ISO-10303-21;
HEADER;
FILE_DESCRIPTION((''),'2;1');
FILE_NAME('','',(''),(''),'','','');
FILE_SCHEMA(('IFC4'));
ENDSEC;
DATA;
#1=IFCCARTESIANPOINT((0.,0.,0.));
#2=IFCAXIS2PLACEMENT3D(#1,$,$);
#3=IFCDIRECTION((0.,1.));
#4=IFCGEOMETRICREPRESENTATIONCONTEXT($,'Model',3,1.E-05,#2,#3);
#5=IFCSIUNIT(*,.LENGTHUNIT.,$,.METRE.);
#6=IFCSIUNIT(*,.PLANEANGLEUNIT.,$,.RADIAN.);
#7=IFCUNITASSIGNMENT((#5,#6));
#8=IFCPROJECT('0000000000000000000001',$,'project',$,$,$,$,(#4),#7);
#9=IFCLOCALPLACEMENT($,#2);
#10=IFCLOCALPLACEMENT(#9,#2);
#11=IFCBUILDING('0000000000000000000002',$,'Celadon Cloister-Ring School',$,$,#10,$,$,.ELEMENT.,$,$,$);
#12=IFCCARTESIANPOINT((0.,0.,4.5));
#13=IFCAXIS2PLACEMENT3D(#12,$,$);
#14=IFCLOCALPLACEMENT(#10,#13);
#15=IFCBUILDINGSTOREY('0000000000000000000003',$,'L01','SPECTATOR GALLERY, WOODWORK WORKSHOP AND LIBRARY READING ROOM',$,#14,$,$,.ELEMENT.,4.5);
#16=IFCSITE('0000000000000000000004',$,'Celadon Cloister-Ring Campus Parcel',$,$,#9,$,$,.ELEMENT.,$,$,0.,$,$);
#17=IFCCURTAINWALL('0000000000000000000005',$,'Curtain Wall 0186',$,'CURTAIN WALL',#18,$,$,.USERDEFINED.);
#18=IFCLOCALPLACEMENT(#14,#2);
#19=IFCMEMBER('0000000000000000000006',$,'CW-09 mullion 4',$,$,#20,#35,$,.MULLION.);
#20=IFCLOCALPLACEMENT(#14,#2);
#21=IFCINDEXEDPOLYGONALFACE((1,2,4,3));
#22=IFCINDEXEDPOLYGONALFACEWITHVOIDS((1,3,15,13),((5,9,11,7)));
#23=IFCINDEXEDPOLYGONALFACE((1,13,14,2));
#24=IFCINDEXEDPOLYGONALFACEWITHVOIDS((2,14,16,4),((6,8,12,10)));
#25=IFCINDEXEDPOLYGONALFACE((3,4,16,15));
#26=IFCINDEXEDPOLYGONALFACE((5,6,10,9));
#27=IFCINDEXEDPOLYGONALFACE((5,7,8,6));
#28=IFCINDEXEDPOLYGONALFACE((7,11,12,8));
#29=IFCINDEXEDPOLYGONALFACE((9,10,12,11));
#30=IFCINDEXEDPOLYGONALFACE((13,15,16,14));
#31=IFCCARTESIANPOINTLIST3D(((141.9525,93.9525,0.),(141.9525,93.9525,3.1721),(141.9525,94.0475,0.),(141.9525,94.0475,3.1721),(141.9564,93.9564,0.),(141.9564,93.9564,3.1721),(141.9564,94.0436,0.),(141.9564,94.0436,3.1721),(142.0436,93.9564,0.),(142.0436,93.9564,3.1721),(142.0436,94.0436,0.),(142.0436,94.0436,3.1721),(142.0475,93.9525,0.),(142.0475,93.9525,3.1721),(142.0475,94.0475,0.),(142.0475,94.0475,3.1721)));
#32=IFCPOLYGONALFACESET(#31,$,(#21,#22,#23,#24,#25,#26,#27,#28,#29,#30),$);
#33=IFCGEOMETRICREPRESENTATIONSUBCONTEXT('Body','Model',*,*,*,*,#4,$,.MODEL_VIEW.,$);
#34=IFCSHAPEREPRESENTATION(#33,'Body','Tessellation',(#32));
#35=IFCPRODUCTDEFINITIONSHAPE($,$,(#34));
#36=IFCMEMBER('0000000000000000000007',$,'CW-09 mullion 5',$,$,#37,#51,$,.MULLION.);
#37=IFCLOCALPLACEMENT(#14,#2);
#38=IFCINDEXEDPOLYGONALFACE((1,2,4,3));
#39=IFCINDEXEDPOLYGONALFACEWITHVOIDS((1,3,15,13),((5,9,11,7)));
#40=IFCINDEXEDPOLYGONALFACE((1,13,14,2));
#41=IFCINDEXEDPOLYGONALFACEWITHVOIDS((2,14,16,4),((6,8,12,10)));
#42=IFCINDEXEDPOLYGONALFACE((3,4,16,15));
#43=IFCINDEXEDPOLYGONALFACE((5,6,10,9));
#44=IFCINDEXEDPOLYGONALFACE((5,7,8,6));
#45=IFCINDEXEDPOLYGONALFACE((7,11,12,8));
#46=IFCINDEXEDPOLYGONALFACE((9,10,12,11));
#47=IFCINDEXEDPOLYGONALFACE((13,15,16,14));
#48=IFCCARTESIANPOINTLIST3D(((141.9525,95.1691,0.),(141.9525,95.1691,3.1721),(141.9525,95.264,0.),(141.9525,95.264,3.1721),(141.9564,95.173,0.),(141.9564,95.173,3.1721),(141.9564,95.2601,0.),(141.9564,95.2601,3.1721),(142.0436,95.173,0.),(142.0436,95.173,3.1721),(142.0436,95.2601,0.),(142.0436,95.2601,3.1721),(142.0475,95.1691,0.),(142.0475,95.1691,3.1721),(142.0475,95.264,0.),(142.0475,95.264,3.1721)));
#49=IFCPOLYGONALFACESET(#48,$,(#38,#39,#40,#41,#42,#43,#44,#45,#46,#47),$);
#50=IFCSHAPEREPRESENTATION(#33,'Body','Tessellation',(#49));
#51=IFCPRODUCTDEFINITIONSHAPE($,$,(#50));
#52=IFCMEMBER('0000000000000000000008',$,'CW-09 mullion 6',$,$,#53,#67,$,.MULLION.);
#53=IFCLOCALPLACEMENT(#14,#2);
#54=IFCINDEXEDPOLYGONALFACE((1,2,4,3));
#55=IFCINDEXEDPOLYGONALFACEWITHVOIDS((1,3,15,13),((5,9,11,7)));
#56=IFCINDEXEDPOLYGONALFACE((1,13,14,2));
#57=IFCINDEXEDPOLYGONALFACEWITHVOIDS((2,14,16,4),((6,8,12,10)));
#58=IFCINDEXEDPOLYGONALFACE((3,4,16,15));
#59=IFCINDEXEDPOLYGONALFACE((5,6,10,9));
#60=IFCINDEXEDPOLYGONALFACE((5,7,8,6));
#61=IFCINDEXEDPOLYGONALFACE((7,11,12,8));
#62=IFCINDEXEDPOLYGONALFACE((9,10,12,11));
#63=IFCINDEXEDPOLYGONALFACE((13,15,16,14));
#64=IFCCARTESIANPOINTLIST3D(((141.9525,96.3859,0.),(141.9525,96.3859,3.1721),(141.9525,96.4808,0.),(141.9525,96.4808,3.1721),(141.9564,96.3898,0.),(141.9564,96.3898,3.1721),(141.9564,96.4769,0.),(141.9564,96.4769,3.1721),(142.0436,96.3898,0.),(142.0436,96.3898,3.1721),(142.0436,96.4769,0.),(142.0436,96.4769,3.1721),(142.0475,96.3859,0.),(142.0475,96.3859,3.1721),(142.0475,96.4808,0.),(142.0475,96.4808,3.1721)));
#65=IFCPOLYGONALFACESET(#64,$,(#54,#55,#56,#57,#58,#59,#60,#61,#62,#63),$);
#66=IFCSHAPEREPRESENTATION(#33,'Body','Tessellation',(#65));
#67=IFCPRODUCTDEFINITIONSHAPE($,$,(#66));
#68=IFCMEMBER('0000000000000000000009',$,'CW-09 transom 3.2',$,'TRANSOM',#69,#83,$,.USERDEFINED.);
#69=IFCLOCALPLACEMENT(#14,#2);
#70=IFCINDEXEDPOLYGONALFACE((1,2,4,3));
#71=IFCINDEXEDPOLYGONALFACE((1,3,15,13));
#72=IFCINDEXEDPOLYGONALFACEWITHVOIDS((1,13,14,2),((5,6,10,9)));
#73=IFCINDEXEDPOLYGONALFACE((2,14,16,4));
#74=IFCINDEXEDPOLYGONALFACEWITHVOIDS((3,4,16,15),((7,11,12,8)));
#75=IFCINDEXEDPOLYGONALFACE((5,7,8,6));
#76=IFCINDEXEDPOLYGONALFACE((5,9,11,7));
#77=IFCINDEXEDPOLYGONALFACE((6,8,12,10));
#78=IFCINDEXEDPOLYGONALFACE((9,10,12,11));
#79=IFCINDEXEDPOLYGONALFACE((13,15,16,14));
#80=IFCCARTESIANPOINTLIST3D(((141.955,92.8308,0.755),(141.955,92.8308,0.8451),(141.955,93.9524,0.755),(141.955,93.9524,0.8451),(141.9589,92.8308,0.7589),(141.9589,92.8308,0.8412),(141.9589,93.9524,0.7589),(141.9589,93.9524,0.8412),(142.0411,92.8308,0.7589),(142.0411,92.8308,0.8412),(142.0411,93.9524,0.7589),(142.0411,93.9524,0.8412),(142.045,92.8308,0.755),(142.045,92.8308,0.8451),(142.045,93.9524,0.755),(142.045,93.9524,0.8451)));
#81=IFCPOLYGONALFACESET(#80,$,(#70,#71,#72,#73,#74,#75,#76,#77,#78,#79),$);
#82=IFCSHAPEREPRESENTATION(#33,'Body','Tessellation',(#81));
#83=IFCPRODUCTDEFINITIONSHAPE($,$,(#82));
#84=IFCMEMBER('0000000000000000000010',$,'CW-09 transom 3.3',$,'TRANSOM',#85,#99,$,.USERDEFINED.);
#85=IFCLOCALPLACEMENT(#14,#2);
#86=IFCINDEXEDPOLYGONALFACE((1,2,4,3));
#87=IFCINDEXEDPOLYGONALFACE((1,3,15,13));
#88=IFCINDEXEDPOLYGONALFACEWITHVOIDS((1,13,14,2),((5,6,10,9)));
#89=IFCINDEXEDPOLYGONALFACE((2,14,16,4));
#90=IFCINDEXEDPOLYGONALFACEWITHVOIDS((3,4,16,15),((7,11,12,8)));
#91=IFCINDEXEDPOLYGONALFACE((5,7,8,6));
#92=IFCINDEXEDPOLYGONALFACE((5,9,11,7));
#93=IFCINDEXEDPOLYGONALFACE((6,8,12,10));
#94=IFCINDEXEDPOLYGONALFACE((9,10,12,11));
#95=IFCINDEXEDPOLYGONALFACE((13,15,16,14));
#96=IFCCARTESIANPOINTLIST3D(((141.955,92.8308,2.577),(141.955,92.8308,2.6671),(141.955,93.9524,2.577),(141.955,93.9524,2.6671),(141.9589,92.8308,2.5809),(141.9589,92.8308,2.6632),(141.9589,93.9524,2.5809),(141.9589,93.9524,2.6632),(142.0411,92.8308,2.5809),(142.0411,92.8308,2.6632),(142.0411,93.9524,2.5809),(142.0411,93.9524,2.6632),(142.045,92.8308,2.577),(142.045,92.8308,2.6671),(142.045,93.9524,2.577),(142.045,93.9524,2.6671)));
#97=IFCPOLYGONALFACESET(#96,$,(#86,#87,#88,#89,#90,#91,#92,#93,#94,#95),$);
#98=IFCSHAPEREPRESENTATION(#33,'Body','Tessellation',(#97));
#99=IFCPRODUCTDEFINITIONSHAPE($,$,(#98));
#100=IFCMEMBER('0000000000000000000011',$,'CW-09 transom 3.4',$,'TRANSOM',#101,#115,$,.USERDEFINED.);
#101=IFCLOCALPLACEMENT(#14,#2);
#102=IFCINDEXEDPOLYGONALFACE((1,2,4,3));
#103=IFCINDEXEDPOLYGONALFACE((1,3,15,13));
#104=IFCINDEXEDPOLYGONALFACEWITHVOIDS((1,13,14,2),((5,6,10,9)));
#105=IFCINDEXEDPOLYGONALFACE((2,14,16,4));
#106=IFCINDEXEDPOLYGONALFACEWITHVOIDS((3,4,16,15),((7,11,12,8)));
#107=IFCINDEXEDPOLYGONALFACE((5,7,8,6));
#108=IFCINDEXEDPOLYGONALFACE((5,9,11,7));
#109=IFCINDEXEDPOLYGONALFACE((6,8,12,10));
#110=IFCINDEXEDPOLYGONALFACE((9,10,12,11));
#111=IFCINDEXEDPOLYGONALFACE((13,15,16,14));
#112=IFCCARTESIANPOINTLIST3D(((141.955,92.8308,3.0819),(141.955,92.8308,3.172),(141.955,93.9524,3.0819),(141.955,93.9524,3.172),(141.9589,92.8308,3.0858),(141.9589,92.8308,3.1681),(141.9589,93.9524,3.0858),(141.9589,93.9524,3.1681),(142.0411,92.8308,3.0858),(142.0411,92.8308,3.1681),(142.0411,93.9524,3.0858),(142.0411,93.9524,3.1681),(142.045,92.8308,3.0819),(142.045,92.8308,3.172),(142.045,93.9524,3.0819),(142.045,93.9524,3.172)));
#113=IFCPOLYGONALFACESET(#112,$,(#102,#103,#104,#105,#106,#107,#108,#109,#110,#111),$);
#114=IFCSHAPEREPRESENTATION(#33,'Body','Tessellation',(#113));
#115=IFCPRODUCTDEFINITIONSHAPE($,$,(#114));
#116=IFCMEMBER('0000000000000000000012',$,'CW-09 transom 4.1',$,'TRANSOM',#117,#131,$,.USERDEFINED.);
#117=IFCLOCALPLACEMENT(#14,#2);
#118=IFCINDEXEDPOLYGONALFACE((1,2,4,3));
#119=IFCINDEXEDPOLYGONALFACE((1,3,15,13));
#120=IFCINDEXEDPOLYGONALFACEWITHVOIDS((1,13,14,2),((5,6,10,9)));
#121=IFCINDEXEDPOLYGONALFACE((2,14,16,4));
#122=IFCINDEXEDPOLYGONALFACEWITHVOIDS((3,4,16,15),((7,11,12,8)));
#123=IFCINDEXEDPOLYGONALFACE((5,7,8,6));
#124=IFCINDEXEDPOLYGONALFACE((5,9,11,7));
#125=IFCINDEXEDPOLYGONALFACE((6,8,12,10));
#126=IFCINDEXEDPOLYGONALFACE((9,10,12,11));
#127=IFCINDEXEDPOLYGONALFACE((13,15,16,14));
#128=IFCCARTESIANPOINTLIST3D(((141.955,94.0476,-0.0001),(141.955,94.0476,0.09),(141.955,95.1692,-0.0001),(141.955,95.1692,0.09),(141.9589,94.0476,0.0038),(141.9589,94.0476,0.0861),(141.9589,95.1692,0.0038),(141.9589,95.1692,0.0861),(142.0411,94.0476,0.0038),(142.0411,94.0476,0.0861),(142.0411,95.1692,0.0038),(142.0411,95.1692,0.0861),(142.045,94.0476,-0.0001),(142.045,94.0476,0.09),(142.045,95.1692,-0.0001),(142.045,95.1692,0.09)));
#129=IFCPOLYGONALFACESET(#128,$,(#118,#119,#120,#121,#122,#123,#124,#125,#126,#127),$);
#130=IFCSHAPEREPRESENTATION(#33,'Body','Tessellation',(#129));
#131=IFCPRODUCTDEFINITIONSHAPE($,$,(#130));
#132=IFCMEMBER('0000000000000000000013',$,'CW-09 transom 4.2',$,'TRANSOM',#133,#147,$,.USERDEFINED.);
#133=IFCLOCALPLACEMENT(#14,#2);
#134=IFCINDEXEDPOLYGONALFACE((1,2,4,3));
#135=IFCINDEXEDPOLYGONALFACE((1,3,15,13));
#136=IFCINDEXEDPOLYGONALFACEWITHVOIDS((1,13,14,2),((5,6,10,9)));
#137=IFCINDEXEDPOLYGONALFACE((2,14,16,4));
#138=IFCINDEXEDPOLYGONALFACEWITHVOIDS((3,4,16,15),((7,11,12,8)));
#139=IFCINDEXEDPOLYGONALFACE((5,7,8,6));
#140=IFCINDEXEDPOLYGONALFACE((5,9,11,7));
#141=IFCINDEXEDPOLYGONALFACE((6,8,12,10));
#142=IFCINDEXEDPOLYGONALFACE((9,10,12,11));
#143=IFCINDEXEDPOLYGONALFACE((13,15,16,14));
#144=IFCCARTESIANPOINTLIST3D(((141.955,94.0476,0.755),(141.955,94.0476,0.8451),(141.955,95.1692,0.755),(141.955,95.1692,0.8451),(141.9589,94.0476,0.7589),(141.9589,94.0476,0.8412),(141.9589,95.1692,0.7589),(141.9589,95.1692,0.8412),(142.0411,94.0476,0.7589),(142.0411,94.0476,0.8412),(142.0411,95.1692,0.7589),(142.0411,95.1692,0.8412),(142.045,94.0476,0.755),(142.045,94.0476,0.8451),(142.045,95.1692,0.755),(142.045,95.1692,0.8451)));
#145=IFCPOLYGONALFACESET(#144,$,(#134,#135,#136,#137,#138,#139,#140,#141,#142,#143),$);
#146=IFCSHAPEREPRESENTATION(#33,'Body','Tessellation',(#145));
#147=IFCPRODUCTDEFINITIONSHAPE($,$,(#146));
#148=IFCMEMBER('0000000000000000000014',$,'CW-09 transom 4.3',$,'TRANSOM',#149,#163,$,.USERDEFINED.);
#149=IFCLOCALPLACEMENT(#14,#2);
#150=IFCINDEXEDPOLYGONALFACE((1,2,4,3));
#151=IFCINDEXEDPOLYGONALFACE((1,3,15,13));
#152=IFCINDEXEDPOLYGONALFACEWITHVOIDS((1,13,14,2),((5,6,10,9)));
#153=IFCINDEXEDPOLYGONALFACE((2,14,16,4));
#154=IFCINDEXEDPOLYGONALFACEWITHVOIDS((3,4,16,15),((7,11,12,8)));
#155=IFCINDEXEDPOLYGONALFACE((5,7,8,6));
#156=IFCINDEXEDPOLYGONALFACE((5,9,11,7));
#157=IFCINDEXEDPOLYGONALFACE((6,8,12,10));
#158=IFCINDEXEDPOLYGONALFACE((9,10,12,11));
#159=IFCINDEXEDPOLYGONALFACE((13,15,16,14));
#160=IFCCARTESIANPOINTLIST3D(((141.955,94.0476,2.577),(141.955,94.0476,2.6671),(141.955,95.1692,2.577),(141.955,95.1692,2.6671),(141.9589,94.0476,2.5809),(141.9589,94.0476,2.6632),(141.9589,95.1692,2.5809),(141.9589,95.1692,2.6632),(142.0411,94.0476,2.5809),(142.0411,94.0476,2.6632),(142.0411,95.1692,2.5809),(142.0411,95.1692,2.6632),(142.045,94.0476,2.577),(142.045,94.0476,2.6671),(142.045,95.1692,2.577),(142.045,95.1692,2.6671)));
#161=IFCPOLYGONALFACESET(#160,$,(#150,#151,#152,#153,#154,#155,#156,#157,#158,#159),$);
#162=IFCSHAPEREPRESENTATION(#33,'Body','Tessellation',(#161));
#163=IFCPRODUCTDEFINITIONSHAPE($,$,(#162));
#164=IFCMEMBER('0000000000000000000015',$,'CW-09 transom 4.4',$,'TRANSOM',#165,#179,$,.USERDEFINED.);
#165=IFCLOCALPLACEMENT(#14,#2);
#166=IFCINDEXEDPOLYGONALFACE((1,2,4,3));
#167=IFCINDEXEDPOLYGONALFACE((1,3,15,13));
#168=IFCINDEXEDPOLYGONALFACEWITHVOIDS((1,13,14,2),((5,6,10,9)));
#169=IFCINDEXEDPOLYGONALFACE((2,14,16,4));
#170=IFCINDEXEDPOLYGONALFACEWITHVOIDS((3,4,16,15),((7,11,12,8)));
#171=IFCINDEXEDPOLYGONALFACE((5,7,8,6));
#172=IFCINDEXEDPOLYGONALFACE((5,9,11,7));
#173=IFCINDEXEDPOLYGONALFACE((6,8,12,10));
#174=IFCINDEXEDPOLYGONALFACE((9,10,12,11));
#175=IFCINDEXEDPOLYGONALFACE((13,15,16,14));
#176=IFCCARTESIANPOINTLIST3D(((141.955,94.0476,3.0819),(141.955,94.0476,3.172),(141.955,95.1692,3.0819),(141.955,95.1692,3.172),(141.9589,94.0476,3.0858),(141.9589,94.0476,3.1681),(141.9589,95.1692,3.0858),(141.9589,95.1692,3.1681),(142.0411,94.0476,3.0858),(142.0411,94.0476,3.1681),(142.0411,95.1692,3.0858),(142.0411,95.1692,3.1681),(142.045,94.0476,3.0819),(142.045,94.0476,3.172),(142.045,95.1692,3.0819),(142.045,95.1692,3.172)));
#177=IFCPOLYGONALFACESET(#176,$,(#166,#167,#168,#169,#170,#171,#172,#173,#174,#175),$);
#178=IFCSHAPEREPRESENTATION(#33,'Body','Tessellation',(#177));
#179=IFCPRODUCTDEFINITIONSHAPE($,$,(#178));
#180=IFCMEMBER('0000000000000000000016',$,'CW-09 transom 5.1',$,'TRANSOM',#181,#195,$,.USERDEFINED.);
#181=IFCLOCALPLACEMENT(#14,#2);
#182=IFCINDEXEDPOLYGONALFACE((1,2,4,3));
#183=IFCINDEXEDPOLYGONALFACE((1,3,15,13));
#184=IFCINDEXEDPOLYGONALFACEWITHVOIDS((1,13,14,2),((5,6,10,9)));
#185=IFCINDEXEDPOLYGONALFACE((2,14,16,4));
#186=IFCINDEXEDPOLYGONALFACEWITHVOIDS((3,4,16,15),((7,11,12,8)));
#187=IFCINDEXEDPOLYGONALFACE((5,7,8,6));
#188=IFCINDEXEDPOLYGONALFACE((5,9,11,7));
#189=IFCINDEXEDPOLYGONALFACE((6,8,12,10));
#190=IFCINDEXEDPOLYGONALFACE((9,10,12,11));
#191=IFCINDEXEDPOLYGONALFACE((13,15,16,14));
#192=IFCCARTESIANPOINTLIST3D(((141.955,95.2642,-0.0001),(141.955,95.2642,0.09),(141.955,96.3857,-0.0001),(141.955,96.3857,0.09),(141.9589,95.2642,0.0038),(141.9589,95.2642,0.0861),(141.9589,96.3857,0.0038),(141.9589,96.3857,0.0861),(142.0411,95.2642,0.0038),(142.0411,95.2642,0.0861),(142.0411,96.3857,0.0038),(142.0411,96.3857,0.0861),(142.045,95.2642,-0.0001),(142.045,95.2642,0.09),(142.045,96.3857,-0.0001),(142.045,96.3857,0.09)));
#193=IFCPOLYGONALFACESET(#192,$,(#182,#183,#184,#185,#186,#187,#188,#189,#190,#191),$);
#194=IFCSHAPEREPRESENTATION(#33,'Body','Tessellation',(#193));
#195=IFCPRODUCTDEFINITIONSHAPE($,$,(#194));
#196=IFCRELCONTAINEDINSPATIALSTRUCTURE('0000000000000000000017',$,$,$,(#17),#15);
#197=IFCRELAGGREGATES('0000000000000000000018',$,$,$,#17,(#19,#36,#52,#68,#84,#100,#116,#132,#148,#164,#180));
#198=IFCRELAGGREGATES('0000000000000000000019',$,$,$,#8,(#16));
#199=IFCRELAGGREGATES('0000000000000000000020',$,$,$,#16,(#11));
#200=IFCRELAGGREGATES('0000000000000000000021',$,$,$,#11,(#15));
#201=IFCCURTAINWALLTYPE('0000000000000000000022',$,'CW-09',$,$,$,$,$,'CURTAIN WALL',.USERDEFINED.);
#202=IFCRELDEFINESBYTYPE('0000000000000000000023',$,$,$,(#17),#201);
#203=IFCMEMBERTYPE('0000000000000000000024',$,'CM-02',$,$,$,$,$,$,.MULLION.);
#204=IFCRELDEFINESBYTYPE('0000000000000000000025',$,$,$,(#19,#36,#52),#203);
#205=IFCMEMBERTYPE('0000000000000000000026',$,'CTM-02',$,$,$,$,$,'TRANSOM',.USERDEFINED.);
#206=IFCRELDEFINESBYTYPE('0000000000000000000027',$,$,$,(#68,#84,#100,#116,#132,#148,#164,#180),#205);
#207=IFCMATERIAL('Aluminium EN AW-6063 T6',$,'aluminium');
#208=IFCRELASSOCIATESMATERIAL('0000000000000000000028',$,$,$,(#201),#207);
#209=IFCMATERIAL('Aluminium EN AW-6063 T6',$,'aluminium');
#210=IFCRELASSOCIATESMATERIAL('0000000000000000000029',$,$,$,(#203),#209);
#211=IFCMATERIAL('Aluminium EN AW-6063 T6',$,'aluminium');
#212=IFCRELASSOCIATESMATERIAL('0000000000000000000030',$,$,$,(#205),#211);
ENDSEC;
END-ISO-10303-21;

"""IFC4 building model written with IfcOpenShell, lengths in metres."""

from ifc_helpers import new_model, si_unit, direction, frame, origin, origin_2d, place, context, subcontext, project, spatial, hollow_rectangle, extrude, material, material_profile, profile_set, type_object, element, aggregate, save


model = new_model("IFC4")

# Units and contexts
model_context = context("Model", 3, precision=1e-05, world=origin(), true_north=direction((0.0, 1.0)))
body_context = subcontext(model_context, "Body", "Model", "MODEL_VIEW")
ifc_project = project(units=[si_unit("LENGTHUNIT", "METRE"), si_unit("PLANEANGLEUNIT", "RADIAN")], contexts=[model_context])

# Site, building, storey
site_placement = place(None, origin())
site = spatial("IfcSite", under=ifc_project, at=site_placement, Name="Celadon Cloister-Ring Campus Parcel", CompositionType="ELEMENT", RefElevation=0.0)
building_placement = place(site_placement, origin())
building = spatial("IfcBuilding", under=site, at=building_placement, Name="Celadon Cloister-Ring School", CompositionType="ELEMENT")
storey_placement = place(building_placement, frame((0.0, 0.0, 4.5)))
storey = spatial("IfcBuildingStorey", under=building, at=storey_placement, Name="L01", Description="SPECTATOR GALLERY, WOODWORK WORKSHOP AND LIBRARY READING ROOM", CompositionType="ELEMENT", Elevation=4.5)

# Curtain wall, members
ifc_material_1 = material(Name="Aluminium EN AW-6063 T6", Category="aluminium")
curtain_wall_type = type_object("IfcCurtainWallType", Name="CW-09", ElementType="CURTAIN WALL", PredefinedType="USERDEFINED", material=ifc_material_1)
curtain_wall_placement = place(storey_placement, origin())
curtain_wall = element("IfcCurtainWall", 1, at=curtain_wall_placement, inside=storey, type_object=curtain_wall_type, Name="Curtain Wall 0186", ObjectType="CURTAIN WALL", PredefinedType="USERDEFINED")
ifc_material_2 = material(Name="Aluminium EN AW-6063 T6", Category="aluminium")
ifc_material_profile_1 = material_profile(ifc_material_2, hollow_rectangle(XDim=0.095, YDim=0.095, WallThickness=0.0039, at=origin_2d()), Name="RHS95X95X4")
ifc_profile_set_1 = profile_set([ifc_material_profile_1], Name="Aluminium EN AW-6063 T6")
member_type_1 = type_object("IfcMemberType", Name="CM-02", PredefinedType="MULLION", material=ifc_profile_set_1)
member_1_placement = place(storey_placement, frame((142.0, 94.0, 0.0), z_axis=(0.0, 0.0, 1.0), x_axis=(-1.0, 0.0, 0.0)))
member_1 = element("IfcMember", 2, at=member_1_placement, type_object=member_type_1, Name="CW-09 mullion 4", PredefinedType="MULLION", context=body_context, shape_type="SweptSolid", body=[
    extrude(hollow_rectangle(XDim=0.095, YDim=0.095, WallThickness=0.0039, at=origin_2d()), origin(), (0.0, 0.0, 1.0), 3.1721),
])
member_2_placement = place(storey_placement, frame((142.0, 95.2166, 0.0), z_axis=(0.0, 0.0, 1.0), x_axis=(-1.0, 0.0, 0.0)))
member_2 = element("IfcMember", 3, at=member_2_placement, type_object=member_type_1, Name="CW-09 mullion 5", PredefinedType="MULLION", context=body_context, shape_type="SweptSolid", body=[
    extrude(hollow_rectangle(XDim=0.095, YDim=0.095, WallThickness=0.0039, at=origin_2d()), origin(), (0.0, 0.0, 1.0), 3.1721),
])
member_3_placement = place(storey_placement, frame((142.0, 96.4333, 0.0), z_axis=(0.0, 0.0, 1.0), x_axis=(-1.0, 0.0, 0.0)))
member_3 = element("IfcMember", 4, at=member_3_placement, type_object=member_type_1, Name="CW-09 mullion 6", PredefinedType="MULLION", context=body_context, shape_type="SweptSolid", body=[
    extrude(hollow_rectangle(XDim=0.095, YDim=0.095, WallThickness=0.0039, at=origin_2d()), origin(), (0.0, 0.0, 1.0), 3.1721),
])
ifc_material_3 = material(Name="Aluminium EN AW-6063 T6", Category="aluminium")
ifc_material_profile_2 = material_profile(ifc_material_3, hollow_rectangle(XDim=0.0901, YDim=0.0901, WallThickness=0.0039, at=origin_2d()), Name="RHS90X90X4")
ifc_profile_set_2 = profile_set([ifc_material_profile_2], Name="Aluminium EN AW-6063 T6")
member_type_2 = type_object("IfcMemberType", Name="CTM-02", ElementType="TRANSOM", PredefinedType="USERDEFINED", material=ifc_profile_set_2)
member_4_placement = place(storey_placement, frame((142.0, 92.8308, 0.8), z_axis=(0.0, 1.0, 0.0), x_axis=(-1.0, 0.0, 0.0)))
member_4 = element("IfcMember", 5, at=member_4_placement, type_object=member_type_2, Name="CW-09 transom 3.2", ObjectType="TRANSOM", PredefinedType="USERDEFINED", context=body_context, shape_type="SweptSolid", body=[
    extrude(hollow_rectangle(XDim=0.0901, YDim=0.0901, WallThickness=0.0039, at=origin_2d()), origin(), (0.0, 0.0, 1.0), 1.1216),
])
member_5_placement = place(storey_placement, frame((142.0, 92.8308, 2.6221), z_axis=(0.0, 1.0, 0.0), x_axis=(-1.0, 0.0, 0.0)))
member_5 = element("IfcMember", 6, at=member_5_placement, type_object=member_type_2, Name="CW-09 transom 3.3", ObjectType="TRANSOM", PredefinedType="USERDEFINED", context=body_context, shape_type="SweptSolid", body=[
    extrude(hollow_rectangle(XDim=0.0901, YDim=0.0901, WallThickness=0.0039, at=origin_2d()), origin(), (0.0, 0.0, 1.0), 1.1216),
])
member_6_placement = place(storey_placement, frame((142.0, 92.8308, 3.127), z_axis=(0.0, 1.0, 0.0), x_axis=(-1.0, 0.0, 0.0)))
member_6 = element("IfcMember", 7, at=member_6_placement, type_object=member_type_2, Name="CW-09 transom 3.4", ObjectType="TRANSOM", PredefinedType="USERDEFINED", context=body_context, shape_type="SweptSolid", body=[
    extrude(hollow_rectangle(XDim=0.0901, YDim=0.0901, WallThickness=0.0039, at=origin_2d()), origin(), (0.0, 0.0, 1.0), 1.1216),
])
member_7_placement = place(storey_placement, frame((142.0, 94.0476, 0.0449), z_axis=(0.0, 1.0, 0.0), x_axis=(-1.0, 0.0, 0.0)))
member_7 = element("IfcMember", 8, at=member_7_placement, type_object=member_type_2, Name="CW-09 transom 4.1", ObjectType="TRANSOM", PredefinedType="USERDEFINED", context=body_context, shape_type="SweptSolid", body=[
    extrude(hollow_rectangle(XDim=0.0901, YDim=0.0901, WallThickness=0.0039, at=origin_2d()), origin(), (0.0, 0.0, 1.0), 1.1216),
])
member_8_placement = place(storey_placement, frame((142.0, 94.0476, 0.8), z_axis=(0.0, 1.0, 0.0), x_axis=(-1.0, 0.0, 0.0)))
member_8 = element("IfcMember", 9, at=member_8_placement, type_object=member_type_2, Name="CW-09 transom 4.2", ObjectType="TRANSOM", PredefinedType="USERDEFINED", context=body_context, shape_type="SweptSolid", body=[
    extrude(hollow_rectangle(XDim=0.0901, YDim=0.0901, WallThickness=0.0039, at=origin_2d()), origin(), (0.0, 0.0, 1.0), 1.1216),
])
member_9_placement = place(storey_placement, frame((142.0, 94.0476, 2.6221), z_axis=(0.0, 1.0, 0.0), x_axis=(-1.0, 0.0, 0.0)))
member_9 = element("IfcMember", 10, at=member_9_placement, type_object=member_type_2, Name="CW-09 transom 4.3", ObjectType="TRANSOM", PredefinedType="USERDEFINED", context=body_context, shape_type="SweptSolid", body=[
    extrude(hollow_rectangle(XDim=0.0901, YDim=0.0901, WallThickness=0.0039, at=origin_2d()), origin(), (0.0, 0.0, 1.0), 1.1216),
])
member_10_placement = place(storey_placement, frame((142.0, 94.0476, 3.127), z_axis=(0.0, 1.0, 0.0), x_axis=(-1.0, 0.0, 0.0)))
member_10 = element("IfcMember", 11, at=member_10_placement, type_object=member_type_2, Name="CW-09 transom 4.4", ObjectType="TRANSOM", PredefinedType="USERDEFINED", context=body_context, shape_type="SweptSolid", body=[
    extrude(hollow_rectangle(XDim=0.0901, YDim=0.0901, WallThickness=0.0039, at=origin_2d()), origin(), (0.0, 0.0, 1.0), 1.1216),
])
member_11_placement = place(storey_placement, frame((142.0, 95.2642, 0.0449), z_axis=(0.0, 1.0, 0.0), x_axis=(-1.0, 0.0, 0.0)))
member_11 = element("IfcMember", 12, at=member_11_placement, type_object=member_type_2, Name="CW-09 transom 5.1", ObjectType="TRANSOM", PredefinedType="USERDEFINED", context=body_context, shape_type="SweptSolid", body=[
    extrude(hollow_rectangle(XDim=0.0901, YDim=0.0901, WallThickness=0.0039, at=origin_2d()), origin(), (0.0, 0.0, 1.0), 1.1216),
])
aggregate(curtain_wall, [member_1, member_2, member_3, member_4, member_5, member_6, member_7, member_8, member_9, member_10, member_11])

save(model, "model.ifc")
